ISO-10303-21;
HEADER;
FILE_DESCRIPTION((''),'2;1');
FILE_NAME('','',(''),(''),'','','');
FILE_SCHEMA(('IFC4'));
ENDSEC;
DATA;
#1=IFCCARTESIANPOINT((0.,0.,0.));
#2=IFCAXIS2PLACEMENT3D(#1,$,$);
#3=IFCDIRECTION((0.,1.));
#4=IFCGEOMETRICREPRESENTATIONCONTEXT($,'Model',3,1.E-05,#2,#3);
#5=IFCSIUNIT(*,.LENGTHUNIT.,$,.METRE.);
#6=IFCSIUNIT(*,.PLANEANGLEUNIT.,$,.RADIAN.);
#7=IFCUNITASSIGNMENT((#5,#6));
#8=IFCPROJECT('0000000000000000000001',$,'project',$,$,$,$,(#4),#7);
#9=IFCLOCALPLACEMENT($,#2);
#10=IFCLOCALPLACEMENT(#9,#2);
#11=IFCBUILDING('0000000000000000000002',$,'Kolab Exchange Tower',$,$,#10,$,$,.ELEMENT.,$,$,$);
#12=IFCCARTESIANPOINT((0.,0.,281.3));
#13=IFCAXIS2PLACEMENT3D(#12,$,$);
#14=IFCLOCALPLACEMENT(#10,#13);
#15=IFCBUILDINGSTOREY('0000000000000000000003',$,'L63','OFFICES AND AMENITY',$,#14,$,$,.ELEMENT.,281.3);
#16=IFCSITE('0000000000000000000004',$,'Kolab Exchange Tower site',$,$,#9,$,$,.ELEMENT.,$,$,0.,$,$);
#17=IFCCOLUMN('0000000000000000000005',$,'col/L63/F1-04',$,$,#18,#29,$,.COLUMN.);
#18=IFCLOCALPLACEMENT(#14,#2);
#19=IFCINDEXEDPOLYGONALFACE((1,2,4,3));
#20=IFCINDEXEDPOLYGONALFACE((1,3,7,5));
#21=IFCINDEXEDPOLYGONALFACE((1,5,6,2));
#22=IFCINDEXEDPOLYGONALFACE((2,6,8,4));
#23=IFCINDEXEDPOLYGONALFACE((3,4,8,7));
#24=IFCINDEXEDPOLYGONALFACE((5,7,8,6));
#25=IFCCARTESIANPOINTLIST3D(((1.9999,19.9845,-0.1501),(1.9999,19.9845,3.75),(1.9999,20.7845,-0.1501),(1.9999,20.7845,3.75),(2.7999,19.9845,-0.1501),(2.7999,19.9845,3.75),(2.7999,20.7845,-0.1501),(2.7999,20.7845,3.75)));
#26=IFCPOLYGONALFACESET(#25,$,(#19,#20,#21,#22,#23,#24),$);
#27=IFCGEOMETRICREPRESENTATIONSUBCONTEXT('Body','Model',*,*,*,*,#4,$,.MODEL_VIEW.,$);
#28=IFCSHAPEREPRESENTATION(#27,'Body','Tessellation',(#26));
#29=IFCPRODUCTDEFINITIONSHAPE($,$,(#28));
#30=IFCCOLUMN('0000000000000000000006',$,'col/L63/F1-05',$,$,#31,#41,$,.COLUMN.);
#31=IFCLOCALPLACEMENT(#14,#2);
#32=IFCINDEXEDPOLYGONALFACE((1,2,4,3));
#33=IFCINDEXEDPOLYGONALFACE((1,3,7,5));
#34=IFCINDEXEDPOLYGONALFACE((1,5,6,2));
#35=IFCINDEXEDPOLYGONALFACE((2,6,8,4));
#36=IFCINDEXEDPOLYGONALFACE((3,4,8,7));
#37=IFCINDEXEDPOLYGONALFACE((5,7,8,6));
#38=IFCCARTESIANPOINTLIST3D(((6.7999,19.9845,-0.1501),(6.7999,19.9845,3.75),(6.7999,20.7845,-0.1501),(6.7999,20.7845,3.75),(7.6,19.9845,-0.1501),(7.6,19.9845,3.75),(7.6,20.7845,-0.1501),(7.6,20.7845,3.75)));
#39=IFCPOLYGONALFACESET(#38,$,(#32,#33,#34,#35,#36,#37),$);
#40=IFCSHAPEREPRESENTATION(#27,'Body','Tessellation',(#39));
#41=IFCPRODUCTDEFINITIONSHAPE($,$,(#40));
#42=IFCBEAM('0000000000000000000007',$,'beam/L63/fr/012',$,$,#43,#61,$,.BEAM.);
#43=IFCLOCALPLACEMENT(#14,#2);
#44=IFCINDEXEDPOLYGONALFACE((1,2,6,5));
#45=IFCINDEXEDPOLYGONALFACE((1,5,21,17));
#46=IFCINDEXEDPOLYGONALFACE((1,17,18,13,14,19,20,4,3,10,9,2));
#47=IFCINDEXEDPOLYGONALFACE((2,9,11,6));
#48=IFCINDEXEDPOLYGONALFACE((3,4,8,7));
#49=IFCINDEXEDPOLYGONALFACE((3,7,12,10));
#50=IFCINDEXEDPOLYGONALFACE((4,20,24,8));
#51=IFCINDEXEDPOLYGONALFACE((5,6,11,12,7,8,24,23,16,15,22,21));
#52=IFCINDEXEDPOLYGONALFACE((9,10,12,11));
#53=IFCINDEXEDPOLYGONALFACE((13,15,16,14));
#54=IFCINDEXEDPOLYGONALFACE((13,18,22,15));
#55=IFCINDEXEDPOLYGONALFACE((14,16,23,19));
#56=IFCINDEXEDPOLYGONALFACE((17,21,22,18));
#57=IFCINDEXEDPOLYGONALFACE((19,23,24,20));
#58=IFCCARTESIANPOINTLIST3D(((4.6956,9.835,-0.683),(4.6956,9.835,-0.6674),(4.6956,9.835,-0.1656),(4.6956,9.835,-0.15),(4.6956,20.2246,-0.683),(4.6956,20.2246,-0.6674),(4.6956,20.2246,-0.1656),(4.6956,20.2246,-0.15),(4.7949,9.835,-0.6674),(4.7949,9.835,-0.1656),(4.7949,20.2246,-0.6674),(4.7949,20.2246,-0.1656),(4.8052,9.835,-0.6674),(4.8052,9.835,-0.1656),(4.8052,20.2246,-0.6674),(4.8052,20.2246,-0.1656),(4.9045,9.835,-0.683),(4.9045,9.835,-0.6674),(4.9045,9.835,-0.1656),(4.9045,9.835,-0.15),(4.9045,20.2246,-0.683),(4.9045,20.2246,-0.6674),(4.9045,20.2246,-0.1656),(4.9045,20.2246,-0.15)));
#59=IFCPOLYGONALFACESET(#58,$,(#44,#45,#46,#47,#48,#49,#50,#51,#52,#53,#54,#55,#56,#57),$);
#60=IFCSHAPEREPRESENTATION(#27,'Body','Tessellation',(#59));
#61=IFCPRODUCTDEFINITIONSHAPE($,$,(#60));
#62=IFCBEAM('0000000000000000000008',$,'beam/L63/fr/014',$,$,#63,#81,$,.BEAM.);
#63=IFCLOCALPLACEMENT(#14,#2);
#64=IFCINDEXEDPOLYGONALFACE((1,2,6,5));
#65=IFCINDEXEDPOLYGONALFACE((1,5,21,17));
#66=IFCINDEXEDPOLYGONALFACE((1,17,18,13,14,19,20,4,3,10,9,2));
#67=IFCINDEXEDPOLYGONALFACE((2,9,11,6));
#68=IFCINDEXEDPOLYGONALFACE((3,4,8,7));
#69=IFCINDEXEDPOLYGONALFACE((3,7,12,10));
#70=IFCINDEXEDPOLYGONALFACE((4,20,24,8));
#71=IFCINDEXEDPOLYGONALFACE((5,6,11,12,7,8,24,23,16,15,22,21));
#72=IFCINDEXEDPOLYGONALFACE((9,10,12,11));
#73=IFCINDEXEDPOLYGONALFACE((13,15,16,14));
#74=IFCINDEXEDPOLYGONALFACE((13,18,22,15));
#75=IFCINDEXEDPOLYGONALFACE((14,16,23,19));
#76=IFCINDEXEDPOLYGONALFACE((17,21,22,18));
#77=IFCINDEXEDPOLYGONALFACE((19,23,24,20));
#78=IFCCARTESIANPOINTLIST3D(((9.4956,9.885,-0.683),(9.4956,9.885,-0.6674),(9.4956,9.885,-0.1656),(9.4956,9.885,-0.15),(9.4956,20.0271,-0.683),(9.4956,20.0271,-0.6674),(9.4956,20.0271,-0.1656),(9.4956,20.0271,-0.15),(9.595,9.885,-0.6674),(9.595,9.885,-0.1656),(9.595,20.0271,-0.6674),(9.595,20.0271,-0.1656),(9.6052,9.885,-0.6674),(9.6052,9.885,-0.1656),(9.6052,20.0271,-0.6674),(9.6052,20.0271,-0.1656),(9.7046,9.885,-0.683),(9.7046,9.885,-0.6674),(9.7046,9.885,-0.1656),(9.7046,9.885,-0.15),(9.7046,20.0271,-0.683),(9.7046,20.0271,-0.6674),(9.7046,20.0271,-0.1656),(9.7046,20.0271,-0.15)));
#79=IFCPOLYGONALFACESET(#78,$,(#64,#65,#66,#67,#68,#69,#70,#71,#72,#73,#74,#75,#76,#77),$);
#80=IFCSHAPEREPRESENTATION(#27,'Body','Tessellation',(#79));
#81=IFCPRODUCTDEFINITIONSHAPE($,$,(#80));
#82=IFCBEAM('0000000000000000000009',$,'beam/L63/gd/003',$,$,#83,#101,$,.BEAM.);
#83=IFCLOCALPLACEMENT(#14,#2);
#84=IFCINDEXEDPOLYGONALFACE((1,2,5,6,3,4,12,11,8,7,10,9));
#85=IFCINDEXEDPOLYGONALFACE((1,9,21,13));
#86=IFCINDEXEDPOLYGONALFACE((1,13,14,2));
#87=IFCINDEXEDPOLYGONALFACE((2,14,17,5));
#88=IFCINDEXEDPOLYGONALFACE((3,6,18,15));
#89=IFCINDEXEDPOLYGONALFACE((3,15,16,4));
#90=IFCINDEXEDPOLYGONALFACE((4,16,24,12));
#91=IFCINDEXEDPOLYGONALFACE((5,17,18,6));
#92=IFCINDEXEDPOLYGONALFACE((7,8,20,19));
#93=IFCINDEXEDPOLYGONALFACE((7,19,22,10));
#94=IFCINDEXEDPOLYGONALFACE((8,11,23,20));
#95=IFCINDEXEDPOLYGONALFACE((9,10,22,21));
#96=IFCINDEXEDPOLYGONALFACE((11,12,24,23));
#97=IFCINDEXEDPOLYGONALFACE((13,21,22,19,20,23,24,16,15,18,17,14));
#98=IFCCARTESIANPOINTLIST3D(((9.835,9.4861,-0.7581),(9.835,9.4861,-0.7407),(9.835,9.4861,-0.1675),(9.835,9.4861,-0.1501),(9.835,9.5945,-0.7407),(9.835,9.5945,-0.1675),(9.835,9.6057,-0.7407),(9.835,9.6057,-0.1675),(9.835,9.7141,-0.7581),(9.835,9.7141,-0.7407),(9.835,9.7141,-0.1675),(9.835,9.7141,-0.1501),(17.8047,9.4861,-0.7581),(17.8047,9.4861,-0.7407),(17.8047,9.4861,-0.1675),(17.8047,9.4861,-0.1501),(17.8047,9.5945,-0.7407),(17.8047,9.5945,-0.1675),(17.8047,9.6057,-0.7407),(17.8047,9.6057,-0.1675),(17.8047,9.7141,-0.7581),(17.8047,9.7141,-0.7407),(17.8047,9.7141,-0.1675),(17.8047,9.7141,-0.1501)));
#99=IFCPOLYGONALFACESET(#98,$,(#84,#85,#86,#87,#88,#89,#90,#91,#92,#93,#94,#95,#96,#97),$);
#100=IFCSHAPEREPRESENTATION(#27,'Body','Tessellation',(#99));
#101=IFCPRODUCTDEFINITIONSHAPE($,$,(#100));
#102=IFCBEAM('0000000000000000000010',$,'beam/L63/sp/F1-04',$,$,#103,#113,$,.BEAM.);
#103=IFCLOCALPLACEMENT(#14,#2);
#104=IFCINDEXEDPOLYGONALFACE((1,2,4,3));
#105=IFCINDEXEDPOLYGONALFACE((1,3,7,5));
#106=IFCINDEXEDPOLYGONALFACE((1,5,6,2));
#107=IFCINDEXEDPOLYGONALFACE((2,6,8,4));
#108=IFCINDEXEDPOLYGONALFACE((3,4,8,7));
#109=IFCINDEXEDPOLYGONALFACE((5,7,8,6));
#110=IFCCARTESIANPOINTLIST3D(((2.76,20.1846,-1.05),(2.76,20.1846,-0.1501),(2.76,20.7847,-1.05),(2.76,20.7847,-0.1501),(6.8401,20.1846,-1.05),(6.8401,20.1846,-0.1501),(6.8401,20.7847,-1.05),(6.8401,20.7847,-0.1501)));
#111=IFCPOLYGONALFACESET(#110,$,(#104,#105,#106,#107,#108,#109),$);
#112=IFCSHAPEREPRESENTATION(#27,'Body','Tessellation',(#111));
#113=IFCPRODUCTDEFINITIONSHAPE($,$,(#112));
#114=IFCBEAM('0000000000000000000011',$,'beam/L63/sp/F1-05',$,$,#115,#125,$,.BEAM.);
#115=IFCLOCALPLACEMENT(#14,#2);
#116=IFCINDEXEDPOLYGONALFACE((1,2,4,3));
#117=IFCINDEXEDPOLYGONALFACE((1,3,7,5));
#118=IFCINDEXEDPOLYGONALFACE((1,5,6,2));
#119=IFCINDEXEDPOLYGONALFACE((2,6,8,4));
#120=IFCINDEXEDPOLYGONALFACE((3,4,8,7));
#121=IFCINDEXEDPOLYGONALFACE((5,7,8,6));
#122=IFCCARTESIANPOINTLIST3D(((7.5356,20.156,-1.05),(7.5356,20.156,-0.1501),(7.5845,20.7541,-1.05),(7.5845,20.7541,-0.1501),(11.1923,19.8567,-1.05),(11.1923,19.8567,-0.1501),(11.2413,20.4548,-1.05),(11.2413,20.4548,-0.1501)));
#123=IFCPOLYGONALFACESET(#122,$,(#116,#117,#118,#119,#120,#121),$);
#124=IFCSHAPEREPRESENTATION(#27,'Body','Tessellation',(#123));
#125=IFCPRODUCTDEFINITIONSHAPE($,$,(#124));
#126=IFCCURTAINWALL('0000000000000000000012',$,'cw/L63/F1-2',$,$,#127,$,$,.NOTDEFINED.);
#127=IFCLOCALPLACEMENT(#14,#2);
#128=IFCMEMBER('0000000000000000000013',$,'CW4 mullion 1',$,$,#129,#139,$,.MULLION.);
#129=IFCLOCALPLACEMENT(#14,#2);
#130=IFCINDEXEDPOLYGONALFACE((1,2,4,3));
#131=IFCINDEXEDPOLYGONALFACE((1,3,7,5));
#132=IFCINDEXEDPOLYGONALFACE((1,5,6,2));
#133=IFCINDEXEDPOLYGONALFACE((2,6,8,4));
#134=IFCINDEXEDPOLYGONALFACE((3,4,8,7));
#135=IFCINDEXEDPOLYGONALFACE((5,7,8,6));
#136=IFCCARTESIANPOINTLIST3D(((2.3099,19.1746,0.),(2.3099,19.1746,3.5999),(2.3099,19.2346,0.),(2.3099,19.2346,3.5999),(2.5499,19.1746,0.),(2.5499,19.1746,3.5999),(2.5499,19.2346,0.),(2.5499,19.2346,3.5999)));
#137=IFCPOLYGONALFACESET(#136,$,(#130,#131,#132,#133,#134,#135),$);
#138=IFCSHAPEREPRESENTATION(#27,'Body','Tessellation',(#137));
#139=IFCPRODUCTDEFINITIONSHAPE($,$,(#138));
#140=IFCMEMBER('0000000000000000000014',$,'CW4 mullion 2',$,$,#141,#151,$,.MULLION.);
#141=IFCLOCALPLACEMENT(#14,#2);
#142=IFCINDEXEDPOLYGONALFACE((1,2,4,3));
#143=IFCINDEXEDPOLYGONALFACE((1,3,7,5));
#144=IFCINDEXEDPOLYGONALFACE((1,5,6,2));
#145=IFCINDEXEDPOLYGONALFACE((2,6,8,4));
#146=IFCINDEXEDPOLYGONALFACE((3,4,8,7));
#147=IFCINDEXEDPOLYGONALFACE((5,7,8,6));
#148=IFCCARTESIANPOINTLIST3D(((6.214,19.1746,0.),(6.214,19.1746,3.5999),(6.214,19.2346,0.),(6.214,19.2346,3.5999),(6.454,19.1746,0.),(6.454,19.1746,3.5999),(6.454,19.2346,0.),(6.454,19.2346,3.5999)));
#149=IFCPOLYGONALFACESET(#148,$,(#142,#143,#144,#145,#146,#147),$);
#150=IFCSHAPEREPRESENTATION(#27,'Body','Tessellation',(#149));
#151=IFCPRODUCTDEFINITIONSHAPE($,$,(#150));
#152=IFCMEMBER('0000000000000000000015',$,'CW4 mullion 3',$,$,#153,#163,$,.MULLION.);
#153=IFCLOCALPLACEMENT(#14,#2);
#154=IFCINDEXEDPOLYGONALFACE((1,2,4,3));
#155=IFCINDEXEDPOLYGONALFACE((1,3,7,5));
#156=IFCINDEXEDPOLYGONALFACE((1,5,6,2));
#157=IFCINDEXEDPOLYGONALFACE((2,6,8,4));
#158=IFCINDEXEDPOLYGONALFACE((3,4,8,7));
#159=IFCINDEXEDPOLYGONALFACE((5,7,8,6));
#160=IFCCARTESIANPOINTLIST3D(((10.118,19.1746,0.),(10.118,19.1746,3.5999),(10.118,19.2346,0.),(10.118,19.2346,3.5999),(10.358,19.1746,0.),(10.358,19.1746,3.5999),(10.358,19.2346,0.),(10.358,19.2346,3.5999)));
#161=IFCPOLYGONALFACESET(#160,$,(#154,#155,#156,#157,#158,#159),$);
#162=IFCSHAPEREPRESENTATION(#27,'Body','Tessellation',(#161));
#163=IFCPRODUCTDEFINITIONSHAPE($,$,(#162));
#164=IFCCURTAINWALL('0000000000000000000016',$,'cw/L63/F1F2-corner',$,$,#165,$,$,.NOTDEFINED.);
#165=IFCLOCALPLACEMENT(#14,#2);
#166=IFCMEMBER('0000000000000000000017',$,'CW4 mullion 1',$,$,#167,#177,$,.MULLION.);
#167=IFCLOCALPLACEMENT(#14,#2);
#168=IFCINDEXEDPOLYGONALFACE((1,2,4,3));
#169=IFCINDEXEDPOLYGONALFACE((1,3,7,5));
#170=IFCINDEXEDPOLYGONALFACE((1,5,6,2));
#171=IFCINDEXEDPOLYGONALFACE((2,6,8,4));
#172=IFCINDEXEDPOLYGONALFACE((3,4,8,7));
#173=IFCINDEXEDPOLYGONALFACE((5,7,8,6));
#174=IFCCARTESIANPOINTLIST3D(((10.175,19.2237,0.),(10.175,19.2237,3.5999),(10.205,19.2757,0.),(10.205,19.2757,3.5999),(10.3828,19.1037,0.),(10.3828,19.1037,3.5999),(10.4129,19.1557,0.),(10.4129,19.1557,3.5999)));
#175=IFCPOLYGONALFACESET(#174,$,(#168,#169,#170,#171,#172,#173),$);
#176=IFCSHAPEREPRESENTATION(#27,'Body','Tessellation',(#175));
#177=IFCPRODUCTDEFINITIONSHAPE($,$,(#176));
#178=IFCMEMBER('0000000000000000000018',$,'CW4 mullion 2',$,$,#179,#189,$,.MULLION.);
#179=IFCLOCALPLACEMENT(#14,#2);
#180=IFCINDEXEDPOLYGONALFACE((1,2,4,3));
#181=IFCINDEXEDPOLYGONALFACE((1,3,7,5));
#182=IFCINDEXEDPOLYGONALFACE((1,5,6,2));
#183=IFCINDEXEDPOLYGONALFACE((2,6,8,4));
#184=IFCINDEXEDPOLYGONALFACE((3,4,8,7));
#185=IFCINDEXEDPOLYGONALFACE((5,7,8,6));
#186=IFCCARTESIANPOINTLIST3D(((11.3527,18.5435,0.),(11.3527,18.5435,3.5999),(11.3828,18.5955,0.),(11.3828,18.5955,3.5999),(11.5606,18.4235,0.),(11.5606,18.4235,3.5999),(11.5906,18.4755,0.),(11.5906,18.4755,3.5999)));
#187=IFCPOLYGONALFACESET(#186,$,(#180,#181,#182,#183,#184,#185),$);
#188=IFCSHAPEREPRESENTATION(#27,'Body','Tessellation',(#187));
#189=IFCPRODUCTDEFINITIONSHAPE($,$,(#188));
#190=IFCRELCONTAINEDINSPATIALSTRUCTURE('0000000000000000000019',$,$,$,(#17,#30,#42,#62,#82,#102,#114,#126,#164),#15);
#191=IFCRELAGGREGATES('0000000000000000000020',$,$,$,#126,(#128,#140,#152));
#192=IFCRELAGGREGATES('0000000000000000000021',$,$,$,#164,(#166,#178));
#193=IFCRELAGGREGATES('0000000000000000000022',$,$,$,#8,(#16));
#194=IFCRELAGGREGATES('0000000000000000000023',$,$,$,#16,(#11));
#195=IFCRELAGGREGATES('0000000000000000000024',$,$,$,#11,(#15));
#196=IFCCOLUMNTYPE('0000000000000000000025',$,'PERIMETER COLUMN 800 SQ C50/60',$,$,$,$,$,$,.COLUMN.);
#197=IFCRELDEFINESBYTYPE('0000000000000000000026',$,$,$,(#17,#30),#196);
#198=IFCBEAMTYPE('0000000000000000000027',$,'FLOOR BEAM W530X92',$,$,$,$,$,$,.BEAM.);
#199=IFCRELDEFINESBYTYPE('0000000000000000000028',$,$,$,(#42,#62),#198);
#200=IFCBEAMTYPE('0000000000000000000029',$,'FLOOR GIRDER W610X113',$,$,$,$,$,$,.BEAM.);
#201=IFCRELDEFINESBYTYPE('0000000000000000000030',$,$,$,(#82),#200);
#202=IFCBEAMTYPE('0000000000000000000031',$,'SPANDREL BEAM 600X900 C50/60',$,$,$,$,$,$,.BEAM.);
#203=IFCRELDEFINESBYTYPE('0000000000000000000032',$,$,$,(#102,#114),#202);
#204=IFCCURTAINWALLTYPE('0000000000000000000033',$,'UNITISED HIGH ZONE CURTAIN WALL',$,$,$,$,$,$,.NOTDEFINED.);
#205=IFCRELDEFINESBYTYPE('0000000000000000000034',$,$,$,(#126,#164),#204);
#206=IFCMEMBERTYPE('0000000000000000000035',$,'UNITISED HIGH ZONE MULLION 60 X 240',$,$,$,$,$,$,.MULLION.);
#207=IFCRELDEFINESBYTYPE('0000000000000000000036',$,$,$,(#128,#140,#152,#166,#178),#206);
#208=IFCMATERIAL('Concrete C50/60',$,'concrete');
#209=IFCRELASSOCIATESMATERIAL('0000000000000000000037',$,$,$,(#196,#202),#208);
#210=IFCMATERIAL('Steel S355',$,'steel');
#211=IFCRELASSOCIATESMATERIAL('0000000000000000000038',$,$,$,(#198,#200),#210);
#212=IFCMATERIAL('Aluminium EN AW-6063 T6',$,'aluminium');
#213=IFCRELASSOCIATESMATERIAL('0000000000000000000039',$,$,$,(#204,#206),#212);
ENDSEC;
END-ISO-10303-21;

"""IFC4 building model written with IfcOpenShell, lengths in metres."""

from ifc_helpers import new_model, si_unit, direction, frame, origin, origin_2d, place, context, subcontext, project, spatial, rectangle, i_section, extrude, material, material_profile, profile_set, type_object, element, aggregate, save


model = new_model("IFC4")

# Units and contexts
model_context = context("Model", 3, precision=1e-05, world=origin(), true_north=direction((0.0, 1.0)))
body_context = subcontext(model_context, "Body", "Model", "MODEL_VIEW")
ifc_project = project(units=[si_unit("LENGTHUNIT", "METRE"), si_unit("PLANEANGLEUNIT", "RADIAN")], contexts=[model_context])

# Site, building, storey
site_placement = place(None, origin())
site = spatial("IfcSite", under=ifc_project, at=site_placement, Name="Kolab Exchange Tower site", CompositionType="ELEMENT", RefElevation=0.0)
building_placement = place(site_placement, origin())
building = spatial("IfcBuilding", under=site, at=building_placement, Name="Kolab Exchange Tower", CompositionType="ELEMENT")
storey_placement = place(building_placement, frame((0.0, 0.0, 281.3)))
storey = spatial("IfcBuildingStorey", under=building, at=storey_placement, Name="L63", Description="OFFICES AND AMENITY", CompositionType="ELEMENT", Elevation=281.3)

# Columns
ifc_material_1 = material(Name="Concrete C50/60", Category="concrete")
ifc_material_profile_1 = material_profile(ifc_material_1, rectangle(XDim=0.8, YDim=0.8, at=origin_2d()), Name="RC800")
ifc_profile_set_1 = profile_set([ifc_material_profile_1], Name="Concrete C50/60")
column_type = type_object("IfcColumnType", Name="PERIMETER COLUMN 800 SQ C50/60", PredefinedType="COLUMN", material=ifc_profile_set_1)
for number, where, z_axis, x_axis, name in (
    (1, (2.3999, 20.3845, -0.1501), (0.0, 0.0, 1.0), (1.0, 0.0, 0.0), "col/L63/F1-04"),
    (2, (7.2, 20.3845, -0.1501), (0.0, 0.0, 1.0), (1.0, 0.0, 0.0), "col/L63/F1-05"),
):
    element("IfcColumn", number, at=place(storey_placement, frame(where, z_axis=z_axis, x_axis=x_axis)), inside=storey, type_object=column_type, Name=name, PredefinedType="COLUMN", context=body_context, shape_type="SweptSolid", body=[
        extrude(rectangle(XDim=0.8, YDim=0.8, at=origin_2d()), origin(), (0.0, 0.0, 1.0), 3.9001),
    ])

# Beams
ifc_material_2 = material(Name="Steel S355", Category="steel")
ifc_material_profile_2 = material_profile(ifc_material_2, i_section(OverallWidth=0.209, OverallDepth=0.533, WebThickness=0.0103, FlangeThickness=0.0156, at=origin_2d()), Name="W530X92")
ifc_profile_set_2 = profile_set([ifc_material_profile_2], Name="Steel S355")
beam_type_1 = type_object("IfcBeamType", Name="FLOOR BEAM W530X92", PredefinedType="BEAM", material=ifc_profile_set_2)
beam_1_placement = place(storey_placement, frame((4.8, 9.835, -0.4165), z_axis=(0.0, 1.0, 0.0), x_axis=(-1.0, 0.0, 0.0)))
element("IfcBeam", 3, at=beam_1_placement, inside=storey, type_object=beam_type_1, Name="beam/L63/fr/012", PredefinedType="BEAM", context=body_context, shape_type="SweptSolid", body=[
    extrude(i_section(OverallWidth=0.209, OverallDepth=0.533, WebThickness=0.0103, FlangeThickness=0.0156, at=origin_2d()), origin(), (0.0, 0.0, 1.0), 10.3896),
])
beam_2_placement = place(storey_placement, frame((9.6001, 9.885, -0.4165), z_axis=(0.0, 1.0, 0.0), x_axis=(-1.0, 0.0, 0.0)))
element("IfcBeam", 4, at=beam_2_placement, inside=storey, type_object=beam_type_1, Name="beam/L63/fr/014", PredefinedType="BEAM", context=body_context, shape_type="SweptSolid", body=[
    extrude(i_section(OverallWidth=0.209, OverallDepth=0.533, WebThickness=0.0103, FlangeThickness=0.0156, at=origin_2d()), origin(), (0.0, 0.0, 1.0), 10.1421),
])
ifc_material_profile_3 = material_profile(ifc_material_2, i_section(OverallWidth=0.228, OverallDepth=0.6079, WebThickness=0.0112, FlangeThickness=0.0173, at=origin_2d()), Name="W610X113")
ifc_profile_set_3 = profile_set([ifc_material_profile_3], Name="Steel S355")
beam_type_2 = type_object("IfcBeamType", Name="FLOOR GIRDER W610X113", PredefinedType="BEAM", material=ifc_profile_set_3)
beam_3_placement = place(storey_placement, frame((9.835, 9.6001, -0.4541), z_axis=(1.0, 0.0, 0.0), x_axis=(0.0, 1.0, 0.0)))
element("IfcBeam", 5, at=beam_3_placement, inside=storey, type_object=beam_type_2, Name="beam/L63/gd/003", PredefinedType="BEAM", context=body_context, shape_type="SweptSolid", body=[
    extrude(i_section(OverallWidth=0.228, OverallDepth=0.6079, WebThickness=0.0112, FlangeThickness=0.0173, at=origin_2d()), origin(), (0.0, 0.0, 1.0), 7.9697),
])
ifc_material_profile_4 = material_profile(ifc_material_1, rectangle(XDim=0.6001, YDim=0.8999, at=origin_2d()), Name="RC600X900")
ifc_profile_set_4 = profile_set([ifc_material_profile_4], Name="Concrete C50/60")
beam_type_3 = type_object("IfcBeamType", Name="SPANDREL BEAM 600X900 C50/60", PredefinedType="BEAM", material=ifc_profile_set_4)
beam_4_placement = place(storey_placement, frame((2.76, 20.4846, -0.6001), z_axis=(1.0, 0.0, 0.0), x_axis=(0.0, 1.0, 0.0)))
element("IfcBeam", 6, at=beam_4_placement, inside=storey, type_object=beam_type_3, Name="beam/L63/sp/F1-04", PredefinedType="BEAM", context=body_context, shape_type="SweptSolid", body=[
    extrude(rectangle(XDim=0.6001, YDim=0.8999, at=origin_2d()), origin(), (0.0, 0.0, 1.0), 4.0801),
])
beam_5_placement = place(storey_placement, frame((7.5601, 20.4551, -0.6001), z_axis=(0.996667, -0.081581, 0.0), x_axis=(0.081581, 0.996667, 0.0)))
element("IfcBeam", 7, at=beam_5_placement, inside=storey, type_object=beam_type_3, Name="beam/L63/sp/F1-05", PredefinedType="BEAM", context=body_context, shape_type="SweptSolid", body=[
    extrude(rectangle(XDim=0.6001, YDim=0.8999, at=origin_2d()), origin(), (0.0, 0.0, 1.0), 3.6689),
])

# Curtain walls, members
ifc_material_3 = material(Name="Aluminium EN AW-6063 T6", Category="aluminium")
curtain_wall_type = type_object("IfcCurtainWallType", Name="UNITISED HIGH ZONE CURTAIN WALL", PredefinedType="NOTDEFINED", material=ifc_material_3)
curtain_wall_1_placement = place(storey_placement, origin())
curtain_wall_1 = element("IfcCurtainWall", 8, at=curtain_wall_1_placement, inside=storey, type_object=curtain_wall_type, Name="cw/L63/F1-2", PredefinedType="NOTDEFINED")
ifc_material_profile_5 = material_profile(ifc_material_3, rectangle(XDim=0.0601, YDim=0.24, at=origin_2d()), Name="RECT 60X240")
ifc_profile_set_5 = profile_set([ifc_material_profile_5], Name="Aluminium EN AW-6063 T6")
member_type_1 = type_object("IfcMemberType", Name="UNITISED HIGH ZONE MULLION 60 X 240", PredefinedType="MULLION", material=ifc_profile_set_5)
member_1_placement = place(storey_placement, frame((2.4299, 19.2046, 0.0), z_axis=(0.0, 0.0, 1.0), x_axis=(0.0, 1.0, 0.0)))
member_1 = element("IfcMember", 9, at=member_1_placement, type_object=member_type_1, Name="CW4 mullion 1", PredefinedType="MULLION", context=body_context, shape_type="SweptSolid", body=[
    extrude(rectangle(XDim=0.0601, YDim=0.24, at=origin_2d()), origin(), (0.0, 0.0, 1.0), 3.5999),
])
member_2_placement = place(storey_placement, frame((6.334, 19.2046, 0.0), z_axis=(0.0, 0.0, 1.0), x_axis=(0.0, 1.0, 0.0)))
member_2 = element("IfcMember", 10, at=member_2_placement, type_object=member_type_1, Name="CW4 mullion 2", PredefinedType="MULLION", context=body_context, shape_type="SweptSolid", body=[
    extrude(rectangle(XDim=0.0601, YDim=0.24, at=origin_2d()), origin(), (0.0, 0.0, 1.0), 3.5999),
])
member_3_placement = place(storey_placement, frame((10.238, 19.2046, 0.0), z_axis=(0.0, 0.0, 1.0), x_axis=(0.0, 1.0, 0.0)))
member_3 = element("IfcMember", 11, at=member_3_placement, type_object=member_type_1, Name="CW4 mullion 3", PredefinedType="MULLION", context=body_context, shape_type="SweptSolid", body=[
    extrude(rectangle(XDim=0.0601, YDim=0.24, at=origin_2d()), origin(), (0.0, 0.0, 1.0), 3.5999),
])
curtain_wall_2_placement = place(storey_placement, origin())
curtain_wall_2 = element("IfcCurtainWall", 12, at=curtain_wall_2_placement, inside=storey, type_object=curtain_wall_type, Name="cw/L63/F1F2-corner", PredefinedType="NOTDEFINED")
member_4_placement = place(storey_placement, frame((10.2939, 19.1897, 0.0), z_axis=(0.0, 0.0, 1.0), x_axis=(0.5, 0.866025, 0.0)))
member_4 = element("IfcMember", 13, at=member_4_placement, type_object=member_type_1, Name="CW4 mullion 1", PredefinedType="MULLION", context=body_context, shape_type="SweptSolid", body=[
    extrude(rectangle(XDim=0.0601, YDim=0.24, at=origin_2d()), origin(), (0.0, 0.0, 1.0), 3.5999),
])
member_5_placement = place(storey_placement, frame((11.4717, 18.5095, 0.0), z_axis=(0.0, 0.0, 1.0), x_axis=(0.5, 0.866025, 0.0)))
member_5 = element("IfcMember", 14, at=member_5_placement, type_object=member_type_1, Name="CW4 mullion 2", PredefinedType="MULLION", context=body_context, shape_type="SweptSolid", body=[
    extrude(rectangle(XDim=0.0601, YDim=0.24, at=origin_2d()), origin(), (0.0, 0.0, 1.0), 3.5999),
])

aggregate(curtain_wall_1, [member_1, member_2, member_3])
aggregate(curtain_wall_2, [member_4, member_5])

save(model, "model.ifc")
